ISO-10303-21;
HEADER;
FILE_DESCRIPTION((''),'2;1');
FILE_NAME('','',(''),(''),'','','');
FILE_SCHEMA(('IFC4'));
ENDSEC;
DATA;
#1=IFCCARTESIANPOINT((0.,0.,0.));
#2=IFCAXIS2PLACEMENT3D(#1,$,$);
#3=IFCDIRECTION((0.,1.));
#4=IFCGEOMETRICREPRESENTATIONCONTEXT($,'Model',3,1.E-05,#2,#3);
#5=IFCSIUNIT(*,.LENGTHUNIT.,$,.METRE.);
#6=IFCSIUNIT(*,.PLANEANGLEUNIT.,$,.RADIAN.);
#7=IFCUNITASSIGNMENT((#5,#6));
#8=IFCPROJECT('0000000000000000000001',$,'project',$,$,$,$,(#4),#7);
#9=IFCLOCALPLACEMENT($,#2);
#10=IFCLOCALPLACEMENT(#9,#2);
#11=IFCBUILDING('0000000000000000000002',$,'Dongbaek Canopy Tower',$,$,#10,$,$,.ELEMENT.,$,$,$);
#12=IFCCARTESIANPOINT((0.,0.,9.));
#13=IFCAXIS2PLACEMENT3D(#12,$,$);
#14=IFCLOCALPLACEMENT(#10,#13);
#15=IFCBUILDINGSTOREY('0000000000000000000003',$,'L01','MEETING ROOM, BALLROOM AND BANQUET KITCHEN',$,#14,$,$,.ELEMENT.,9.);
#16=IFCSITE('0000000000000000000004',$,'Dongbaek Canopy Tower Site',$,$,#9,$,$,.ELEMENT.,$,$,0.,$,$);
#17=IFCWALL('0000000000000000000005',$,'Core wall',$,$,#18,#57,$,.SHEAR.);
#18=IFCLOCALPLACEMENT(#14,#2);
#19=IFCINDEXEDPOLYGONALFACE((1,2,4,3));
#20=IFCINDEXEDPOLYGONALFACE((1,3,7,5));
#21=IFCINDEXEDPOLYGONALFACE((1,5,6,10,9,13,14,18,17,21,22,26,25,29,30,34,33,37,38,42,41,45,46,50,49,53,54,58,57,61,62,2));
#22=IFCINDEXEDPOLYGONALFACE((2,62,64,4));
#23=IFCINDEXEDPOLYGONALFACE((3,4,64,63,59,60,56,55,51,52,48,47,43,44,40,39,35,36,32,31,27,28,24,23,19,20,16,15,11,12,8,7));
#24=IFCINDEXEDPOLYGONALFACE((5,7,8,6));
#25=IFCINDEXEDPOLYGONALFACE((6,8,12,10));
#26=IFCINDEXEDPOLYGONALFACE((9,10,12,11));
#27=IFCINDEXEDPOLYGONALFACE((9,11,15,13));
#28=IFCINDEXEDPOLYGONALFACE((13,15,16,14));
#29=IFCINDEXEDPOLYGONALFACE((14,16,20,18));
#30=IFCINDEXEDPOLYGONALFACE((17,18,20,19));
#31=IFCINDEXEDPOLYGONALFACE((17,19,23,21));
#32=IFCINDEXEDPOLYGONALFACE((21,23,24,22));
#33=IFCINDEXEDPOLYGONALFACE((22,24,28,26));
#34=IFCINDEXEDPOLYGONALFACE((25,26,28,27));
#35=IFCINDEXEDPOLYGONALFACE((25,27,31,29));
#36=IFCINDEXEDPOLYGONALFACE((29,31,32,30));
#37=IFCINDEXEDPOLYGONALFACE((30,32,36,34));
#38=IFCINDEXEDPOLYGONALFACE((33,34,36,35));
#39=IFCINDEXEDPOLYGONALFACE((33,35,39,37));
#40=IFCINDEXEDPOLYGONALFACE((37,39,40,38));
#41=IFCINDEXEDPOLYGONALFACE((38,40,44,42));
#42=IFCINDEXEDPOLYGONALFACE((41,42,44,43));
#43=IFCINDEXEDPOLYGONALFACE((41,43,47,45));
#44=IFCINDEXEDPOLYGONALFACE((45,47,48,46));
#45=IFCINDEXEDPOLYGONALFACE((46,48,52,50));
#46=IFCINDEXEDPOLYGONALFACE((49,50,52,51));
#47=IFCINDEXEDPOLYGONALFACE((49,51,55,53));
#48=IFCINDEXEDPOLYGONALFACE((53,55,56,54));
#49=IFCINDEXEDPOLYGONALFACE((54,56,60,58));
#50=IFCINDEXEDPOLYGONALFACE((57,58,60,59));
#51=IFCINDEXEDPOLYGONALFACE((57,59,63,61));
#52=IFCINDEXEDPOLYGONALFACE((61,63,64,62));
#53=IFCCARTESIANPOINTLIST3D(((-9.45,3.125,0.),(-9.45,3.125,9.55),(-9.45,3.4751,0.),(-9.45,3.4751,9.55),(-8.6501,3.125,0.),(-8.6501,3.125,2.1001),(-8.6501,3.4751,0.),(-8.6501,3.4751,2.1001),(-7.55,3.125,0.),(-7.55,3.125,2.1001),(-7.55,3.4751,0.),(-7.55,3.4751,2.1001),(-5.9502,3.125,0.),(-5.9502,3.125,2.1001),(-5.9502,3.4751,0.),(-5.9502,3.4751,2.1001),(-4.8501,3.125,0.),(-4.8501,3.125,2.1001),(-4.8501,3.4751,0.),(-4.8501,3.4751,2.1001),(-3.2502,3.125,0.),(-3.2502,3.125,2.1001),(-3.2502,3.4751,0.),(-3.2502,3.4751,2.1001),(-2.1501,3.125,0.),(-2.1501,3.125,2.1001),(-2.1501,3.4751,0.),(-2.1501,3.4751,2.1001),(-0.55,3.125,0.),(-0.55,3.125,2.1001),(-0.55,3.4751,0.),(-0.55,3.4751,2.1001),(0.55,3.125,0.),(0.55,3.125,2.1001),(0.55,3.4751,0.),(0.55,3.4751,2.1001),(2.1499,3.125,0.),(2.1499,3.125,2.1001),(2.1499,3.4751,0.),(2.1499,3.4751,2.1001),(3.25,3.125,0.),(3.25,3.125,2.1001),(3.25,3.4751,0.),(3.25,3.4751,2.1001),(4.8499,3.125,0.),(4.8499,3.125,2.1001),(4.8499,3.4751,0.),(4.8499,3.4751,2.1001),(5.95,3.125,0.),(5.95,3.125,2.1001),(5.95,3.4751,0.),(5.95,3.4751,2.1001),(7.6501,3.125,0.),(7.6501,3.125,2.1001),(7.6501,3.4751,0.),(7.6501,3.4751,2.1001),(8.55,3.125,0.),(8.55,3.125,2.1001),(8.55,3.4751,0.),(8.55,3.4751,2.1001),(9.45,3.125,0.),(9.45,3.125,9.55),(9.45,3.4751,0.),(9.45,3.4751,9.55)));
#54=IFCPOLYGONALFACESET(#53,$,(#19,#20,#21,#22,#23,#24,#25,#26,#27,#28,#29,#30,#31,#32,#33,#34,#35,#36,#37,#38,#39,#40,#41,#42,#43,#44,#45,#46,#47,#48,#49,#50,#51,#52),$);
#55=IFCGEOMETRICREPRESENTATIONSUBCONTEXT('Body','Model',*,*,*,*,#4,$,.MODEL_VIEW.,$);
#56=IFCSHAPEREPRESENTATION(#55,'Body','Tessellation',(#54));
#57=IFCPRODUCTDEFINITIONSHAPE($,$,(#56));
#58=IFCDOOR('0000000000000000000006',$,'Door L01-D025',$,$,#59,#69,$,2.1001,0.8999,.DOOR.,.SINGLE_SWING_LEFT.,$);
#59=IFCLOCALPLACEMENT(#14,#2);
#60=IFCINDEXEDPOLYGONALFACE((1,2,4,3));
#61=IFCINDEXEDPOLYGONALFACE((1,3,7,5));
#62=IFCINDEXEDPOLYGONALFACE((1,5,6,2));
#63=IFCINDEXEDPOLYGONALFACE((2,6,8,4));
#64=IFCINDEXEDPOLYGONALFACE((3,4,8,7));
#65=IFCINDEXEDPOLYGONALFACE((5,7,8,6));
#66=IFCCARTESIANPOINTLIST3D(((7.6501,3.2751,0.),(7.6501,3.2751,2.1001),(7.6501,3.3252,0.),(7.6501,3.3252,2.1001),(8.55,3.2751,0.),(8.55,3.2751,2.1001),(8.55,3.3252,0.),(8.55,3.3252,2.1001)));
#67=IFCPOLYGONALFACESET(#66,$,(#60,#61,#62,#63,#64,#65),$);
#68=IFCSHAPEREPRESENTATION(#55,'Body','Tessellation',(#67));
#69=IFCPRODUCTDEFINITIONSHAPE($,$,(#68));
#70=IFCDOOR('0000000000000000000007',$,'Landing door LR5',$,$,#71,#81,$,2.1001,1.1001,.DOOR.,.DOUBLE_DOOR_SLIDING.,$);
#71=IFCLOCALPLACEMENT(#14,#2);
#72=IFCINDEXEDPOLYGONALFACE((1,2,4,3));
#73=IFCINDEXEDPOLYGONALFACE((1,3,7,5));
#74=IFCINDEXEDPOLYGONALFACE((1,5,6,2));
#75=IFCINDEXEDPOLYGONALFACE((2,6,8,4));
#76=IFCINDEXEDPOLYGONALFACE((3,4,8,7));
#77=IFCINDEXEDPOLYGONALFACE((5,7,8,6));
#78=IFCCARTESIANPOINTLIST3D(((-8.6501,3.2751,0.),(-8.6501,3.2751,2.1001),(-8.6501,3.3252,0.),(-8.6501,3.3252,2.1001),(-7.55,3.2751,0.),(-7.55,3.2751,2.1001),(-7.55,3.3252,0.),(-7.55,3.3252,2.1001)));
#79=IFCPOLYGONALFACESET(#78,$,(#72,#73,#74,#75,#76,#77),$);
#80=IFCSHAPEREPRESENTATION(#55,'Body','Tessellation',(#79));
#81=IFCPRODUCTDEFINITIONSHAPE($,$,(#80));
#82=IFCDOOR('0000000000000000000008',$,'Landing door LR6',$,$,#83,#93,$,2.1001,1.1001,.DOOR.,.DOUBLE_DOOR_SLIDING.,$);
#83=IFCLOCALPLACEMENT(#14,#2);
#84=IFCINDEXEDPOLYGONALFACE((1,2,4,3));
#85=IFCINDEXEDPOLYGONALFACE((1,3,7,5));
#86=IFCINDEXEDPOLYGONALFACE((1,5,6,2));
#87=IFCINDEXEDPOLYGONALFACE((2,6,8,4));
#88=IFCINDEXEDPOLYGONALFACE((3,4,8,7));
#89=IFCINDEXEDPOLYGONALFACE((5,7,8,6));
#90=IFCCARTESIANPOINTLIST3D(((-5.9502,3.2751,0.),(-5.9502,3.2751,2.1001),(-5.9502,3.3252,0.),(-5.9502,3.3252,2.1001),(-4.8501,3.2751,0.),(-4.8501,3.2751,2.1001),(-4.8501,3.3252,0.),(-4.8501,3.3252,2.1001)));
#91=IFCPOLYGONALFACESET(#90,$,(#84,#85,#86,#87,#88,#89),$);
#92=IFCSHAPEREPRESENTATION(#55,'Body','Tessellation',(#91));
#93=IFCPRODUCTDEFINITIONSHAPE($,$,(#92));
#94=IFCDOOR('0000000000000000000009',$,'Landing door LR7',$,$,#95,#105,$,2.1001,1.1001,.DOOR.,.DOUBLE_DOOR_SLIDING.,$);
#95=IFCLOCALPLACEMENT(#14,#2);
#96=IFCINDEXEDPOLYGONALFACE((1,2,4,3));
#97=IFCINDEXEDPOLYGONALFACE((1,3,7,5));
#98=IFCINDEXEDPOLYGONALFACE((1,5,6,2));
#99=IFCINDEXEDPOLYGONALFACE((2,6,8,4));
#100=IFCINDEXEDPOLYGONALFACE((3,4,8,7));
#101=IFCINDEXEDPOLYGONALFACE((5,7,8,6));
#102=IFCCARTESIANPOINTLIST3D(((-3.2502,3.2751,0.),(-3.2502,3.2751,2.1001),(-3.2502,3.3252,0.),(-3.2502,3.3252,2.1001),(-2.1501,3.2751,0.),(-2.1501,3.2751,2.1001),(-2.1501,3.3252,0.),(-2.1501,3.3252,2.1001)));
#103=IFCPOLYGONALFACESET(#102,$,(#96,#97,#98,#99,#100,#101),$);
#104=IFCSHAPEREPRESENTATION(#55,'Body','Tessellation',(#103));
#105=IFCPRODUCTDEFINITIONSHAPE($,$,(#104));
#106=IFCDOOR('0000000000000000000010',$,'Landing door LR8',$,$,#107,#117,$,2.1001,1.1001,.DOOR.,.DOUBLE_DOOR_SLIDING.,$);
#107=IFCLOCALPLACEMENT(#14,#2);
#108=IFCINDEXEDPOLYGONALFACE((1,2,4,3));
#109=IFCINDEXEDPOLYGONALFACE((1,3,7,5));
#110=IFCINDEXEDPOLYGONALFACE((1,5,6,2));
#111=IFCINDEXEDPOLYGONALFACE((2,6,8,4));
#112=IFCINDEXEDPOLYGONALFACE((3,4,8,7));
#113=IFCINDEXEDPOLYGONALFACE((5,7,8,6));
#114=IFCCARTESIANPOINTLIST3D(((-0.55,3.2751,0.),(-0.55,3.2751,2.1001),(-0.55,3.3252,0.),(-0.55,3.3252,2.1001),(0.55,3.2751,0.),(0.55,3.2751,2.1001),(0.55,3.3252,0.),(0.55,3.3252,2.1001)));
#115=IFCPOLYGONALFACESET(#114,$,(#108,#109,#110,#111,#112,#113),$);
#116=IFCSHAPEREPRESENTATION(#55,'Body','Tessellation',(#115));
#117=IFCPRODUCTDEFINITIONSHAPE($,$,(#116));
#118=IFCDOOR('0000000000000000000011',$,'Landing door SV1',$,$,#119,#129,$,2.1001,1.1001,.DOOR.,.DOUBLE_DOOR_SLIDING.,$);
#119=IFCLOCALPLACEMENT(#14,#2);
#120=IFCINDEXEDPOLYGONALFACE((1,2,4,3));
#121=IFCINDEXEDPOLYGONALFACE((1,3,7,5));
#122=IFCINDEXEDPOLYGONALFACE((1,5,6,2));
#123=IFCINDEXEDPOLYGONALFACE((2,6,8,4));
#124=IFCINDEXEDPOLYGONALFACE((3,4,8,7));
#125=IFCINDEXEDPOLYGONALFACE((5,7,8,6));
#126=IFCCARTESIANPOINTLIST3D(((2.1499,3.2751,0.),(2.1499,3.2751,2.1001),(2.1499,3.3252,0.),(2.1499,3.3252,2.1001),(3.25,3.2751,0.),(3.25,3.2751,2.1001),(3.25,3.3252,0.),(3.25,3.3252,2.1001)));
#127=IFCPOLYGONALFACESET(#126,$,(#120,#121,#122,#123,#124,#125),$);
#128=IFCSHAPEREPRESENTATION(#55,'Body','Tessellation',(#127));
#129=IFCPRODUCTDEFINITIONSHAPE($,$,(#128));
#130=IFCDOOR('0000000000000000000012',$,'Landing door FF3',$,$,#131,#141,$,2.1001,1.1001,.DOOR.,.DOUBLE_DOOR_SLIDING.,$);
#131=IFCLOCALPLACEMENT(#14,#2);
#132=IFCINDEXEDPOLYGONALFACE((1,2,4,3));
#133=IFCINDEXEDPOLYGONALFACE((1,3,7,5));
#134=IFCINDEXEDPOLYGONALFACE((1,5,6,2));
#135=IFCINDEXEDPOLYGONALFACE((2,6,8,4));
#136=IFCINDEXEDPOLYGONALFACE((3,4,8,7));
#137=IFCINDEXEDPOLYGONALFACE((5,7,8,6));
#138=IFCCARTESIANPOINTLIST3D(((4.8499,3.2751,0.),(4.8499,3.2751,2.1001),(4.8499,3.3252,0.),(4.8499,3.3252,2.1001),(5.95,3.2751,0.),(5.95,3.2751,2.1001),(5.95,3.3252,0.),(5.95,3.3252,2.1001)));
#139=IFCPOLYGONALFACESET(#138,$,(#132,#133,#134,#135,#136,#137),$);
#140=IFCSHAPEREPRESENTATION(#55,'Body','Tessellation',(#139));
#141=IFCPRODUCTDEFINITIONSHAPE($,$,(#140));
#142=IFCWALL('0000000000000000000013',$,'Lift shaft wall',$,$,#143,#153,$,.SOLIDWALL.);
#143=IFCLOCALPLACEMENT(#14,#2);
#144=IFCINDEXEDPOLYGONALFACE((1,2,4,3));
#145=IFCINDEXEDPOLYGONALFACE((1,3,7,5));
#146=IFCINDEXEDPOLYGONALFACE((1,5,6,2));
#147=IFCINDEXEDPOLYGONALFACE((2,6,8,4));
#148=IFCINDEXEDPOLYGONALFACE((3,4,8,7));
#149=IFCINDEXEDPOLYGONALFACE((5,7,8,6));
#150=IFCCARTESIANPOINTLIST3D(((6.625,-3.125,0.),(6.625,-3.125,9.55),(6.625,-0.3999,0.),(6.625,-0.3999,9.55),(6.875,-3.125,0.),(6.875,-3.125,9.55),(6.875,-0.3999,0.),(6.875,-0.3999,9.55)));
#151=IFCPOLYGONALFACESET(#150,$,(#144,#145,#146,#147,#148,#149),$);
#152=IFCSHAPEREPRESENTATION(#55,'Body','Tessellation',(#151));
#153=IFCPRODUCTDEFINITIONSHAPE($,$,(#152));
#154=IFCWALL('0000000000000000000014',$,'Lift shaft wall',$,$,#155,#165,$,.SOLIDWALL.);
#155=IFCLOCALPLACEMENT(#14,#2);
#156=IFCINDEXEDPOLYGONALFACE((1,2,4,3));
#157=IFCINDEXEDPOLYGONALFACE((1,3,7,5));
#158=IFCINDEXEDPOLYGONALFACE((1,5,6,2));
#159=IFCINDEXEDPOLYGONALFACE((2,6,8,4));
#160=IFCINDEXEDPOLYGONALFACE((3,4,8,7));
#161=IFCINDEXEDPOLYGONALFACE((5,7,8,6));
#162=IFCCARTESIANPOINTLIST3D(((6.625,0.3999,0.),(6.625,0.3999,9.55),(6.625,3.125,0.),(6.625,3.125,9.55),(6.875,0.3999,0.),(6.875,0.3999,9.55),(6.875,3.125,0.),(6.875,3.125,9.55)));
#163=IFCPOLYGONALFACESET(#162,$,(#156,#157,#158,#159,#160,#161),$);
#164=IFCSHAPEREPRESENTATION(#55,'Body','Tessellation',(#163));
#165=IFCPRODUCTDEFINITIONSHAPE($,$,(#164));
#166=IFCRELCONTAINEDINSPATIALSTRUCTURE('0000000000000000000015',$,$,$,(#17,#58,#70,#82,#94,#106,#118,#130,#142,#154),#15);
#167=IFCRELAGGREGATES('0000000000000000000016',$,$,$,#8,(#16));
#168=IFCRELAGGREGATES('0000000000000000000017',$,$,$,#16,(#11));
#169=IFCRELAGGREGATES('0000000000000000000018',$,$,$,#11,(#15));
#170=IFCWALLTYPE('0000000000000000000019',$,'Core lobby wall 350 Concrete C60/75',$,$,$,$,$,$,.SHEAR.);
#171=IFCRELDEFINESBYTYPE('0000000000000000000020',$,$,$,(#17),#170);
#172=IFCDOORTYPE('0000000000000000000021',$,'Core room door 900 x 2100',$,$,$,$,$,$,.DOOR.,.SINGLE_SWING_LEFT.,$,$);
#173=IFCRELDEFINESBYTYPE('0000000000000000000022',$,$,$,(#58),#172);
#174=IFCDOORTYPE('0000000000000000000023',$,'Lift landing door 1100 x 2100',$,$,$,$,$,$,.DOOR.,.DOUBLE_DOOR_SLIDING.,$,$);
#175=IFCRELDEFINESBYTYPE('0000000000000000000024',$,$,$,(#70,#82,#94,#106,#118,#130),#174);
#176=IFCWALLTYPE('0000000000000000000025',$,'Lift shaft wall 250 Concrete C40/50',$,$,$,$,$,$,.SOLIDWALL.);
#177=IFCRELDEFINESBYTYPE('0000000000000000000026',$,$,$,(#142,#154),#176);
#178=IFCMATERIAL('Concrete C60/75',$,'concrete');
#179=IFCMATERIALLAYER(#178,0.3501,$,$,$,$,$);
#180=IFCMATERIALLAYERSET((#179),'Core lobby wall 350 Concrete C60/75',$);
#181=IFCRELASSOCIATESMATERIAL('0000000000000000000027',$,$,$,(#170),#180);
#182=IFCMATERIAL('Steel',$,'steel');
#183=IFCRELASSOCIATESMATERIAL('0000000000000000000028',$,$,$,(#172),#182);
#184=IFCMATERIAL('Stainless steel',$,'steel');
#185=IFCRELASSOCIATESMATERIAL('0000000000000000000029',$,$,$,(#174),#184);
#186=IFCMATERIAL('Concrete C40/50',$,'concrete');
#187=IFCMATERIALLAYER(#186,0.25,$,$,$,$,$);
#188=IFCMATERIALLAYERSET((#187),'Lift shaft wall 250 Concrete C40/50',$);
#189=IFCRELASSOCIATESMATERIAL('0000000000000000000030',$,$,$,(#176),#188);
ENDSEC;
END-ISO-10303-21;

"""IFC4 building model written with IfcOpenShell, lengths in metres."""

from ifc_helpers import new_model, si_unit, direction, frame, frame_2d, origin, place, context, subcontext, project, spatial, rectangle, extrude, material, layer, layer_set, type_object, element, fill, save


model = new_model("IFC4")

# Units and contexts
model_context = context("Model", 3, precision=1e-05, world=origin(), true_north=direction((0.0, 1.0)))
body_context = subcontext(model_context, "Body", "Model", "MODEL_VIEW")
ifc_project = project(units=[si_unit("LENGTHUNIT", "METRE"), si_unit("PLANEANGLEUNIT", "RADIAN")], contexts=[model_context])

# Site, building, storey
site_placement = place(None, origin())
site = spatial("IfcSite", under=ifc_project, at=site_placement, Name="Dongbaek Canopy Tower Site", CompositionType="ELEMENT", RefElevation=0.0)
building_placement = place(site_placement, origin())
building = spatial("IfcBuilding", under=site, at=building_placement, Name="Dongbaek Canopy Tower", CompositionType="ELEMENT")
storey_placement = place(building_placement, frame((0.0, 0.0, 9.0)))
storey = spatial("IfcBuildingStorey", under=building, at=storey_placement, Name="L01", Description="MEETING ROOM, BALLROOM AND BANQUET KITCHEN", CompositionType="ELEMENT", Elevation=9.0)

# Wall, openings, doors
ifc_material_1 = material(Name="Concrete C60/75", Category="concrete")
ifc_layer_1 = layer(ifc_material_1, 0.3501)
ifc_layer_set_1 = layer_set([ifc_layer_1], Name="Core lobby wall 350 Concrete C60/75")
wall_type_1 = type_object("IfcWallType", Name="Core lobby wall 350 Concrete C60/75", PredefinedType="SHEAR", material=ifc_layer_set_1)
wall_1_placement = place(storey_placement, frame((9.45, 3.3, 0.0), z_axis=(0.0, 0.0, 1.0), x_axis=(-1.0, 0.0, 0.0)))
wall_1 = element("IfcWall", 1, at=wall_1_placement, inside=storey, type_object=wall_type_1, Name="Core wall", PredefinedType="SHEAR", context=body_context, shape_type="SweptSolid", body=[
    extrude(rectangle(XDim=18.8999, YDim=0.3501, at=frame_2d((9.45, 0.0))), origin(), (0.0, 0.0, 1.0), 9.55),
])
opening_1_placement = place(wall_1_placement, frame((17.0, 0.0, 0.0)))
opening_1 = element("IfcOpeningElement", 2, at=opening_1_placement, cuts=wall_1, PredefinedType="OPENING", context=body_context, shape_type="SweptSolid", body=[
    extrude(rectangle(XDim=1.1001, YDim=2.1001, at=frame_2d((0.55, 1.05))), frame((0.0, 0.1851, 0.0), z_axis=(0.0, -1.0, 0.0), x_axis=(1.0, 0.0, 0.0)), (0.0, 0.0, 1.0), 0.3701),
])
opening_2_placement = place(wall_1_placement, frame((14.3, 0.0, 0.0)))
opening_2 = element("IfcOpeningElement", 3, at=opening_2_placement, cuts=wall_1, PredefinedType="OPENING", context=body_context, shape_type="SweptSolid", body=[
    extrude(rectangle(XDim=1.1001, YDim=2.1001, at=frame_2d((0.55, 1.05))), frame((0.0, 0.1851, 0.0), z_axis=(0.0, -1.0, 0.0), x_axis=(1.0, 0.0, 0.0)), (0.0, 0.0, 1.0), 0.3701),
])
opening_3_placement = place(wall_1_placement, frame((11.6001, 0.0, 0.0)))
opening_3 = element("IfcOpeningElement", 4, at=opening_3_placement, cuts=wall_1, PredefinedType="OPENING", context=body_context, shape_type="SweptSolid", body=[
    extrude(rectangle(XDim=1.1001, YDim=2.1001, at=frame_2d((0.55, 1.05))), frame((0.0, 0.1851, 0.0), z_axis=(0.0, -1.0, 0.0), x_axis=(1.0, 0.0, 0.0)), (0.0, 0.0, 1.0), 0.3701),
])
opening_4_placement = place(wall_1_placement, frame((8.8999, 0.0, 0.0)))
opening_4 = element("IfcOpeningElement", 5, at=opening_4_placement, cuts=wall_1, PredefinedType="OPENING", context=body_context, shape_type="SweptSolid", body=[
    extrude(rectangle(XDim=1.1001, YDim=2.1001, at=frame_2d((0.55, 1.05))), frame((0.0, 0.1851, 0.0), z_axis=(0.0, -1.0, 0.0), x_axis=(1.0, 0.0, 0.0)), (0.0, 0.0, 1.0), 0.3701),
])
opening_5_placement = place(wall_1_placement, frame((6.2, 0.0, 0.0)))
opening_5 = element("IfcOpeningElement", 6, at=opening_5_placement, cuts=wall_1, PredefinedType="OPENING", context=body_context, shape_type="SweptSolid", body=[
    extrude(rectangle(XDim=1.1001, YDim=2.1001, at=frame_2d((0.55, 1.05))), frame((0.0, 0.1851, 0.0), z_axis=(0.0, -1.0, 0.0), x_axis=(1.0, 0.0, 0.0)), (0.0, 0.0, 1.0), 0.3701),
])
opening_6_placement = place(wall_1_placement, frame((3.5, 0.0, 0.0)))
opening_6 = element("IfcOpeningElement", 7, at=opening_6_placement, cuts=wall_1, PredefinedType="OPENING", context=body_context, shape_type="SweptSolid", body=[
    extrude(rectangle(XDim=1.1001, YDim=2.1001, at=frame_2d((0.55, 1.05))), frame((0.0, 0.1851, 0.0), z_axis=(0.0, -1.0, 0.0), x_axis=(1.0, 0.0, 0.0)), (0.0, 0.0, 1.0), 0.3701),
])
opening_7_placement = place(wall_1_placement, frame((0.8999, 0.0, 0.0)))
opening_7 = element("IfcOpeningElement", 8, at=opening_7_placement, cuts=wall_1, PredefinedType="OPENING", context=body_context, shape_type="SweptSolid", body=[
    extrude(rectangle(XDim=0.8999, YDim=2.1001, at=frame_2d((0.45, 1.05))), frame((0.0, 0.1851, 0.0), z_axis=(0.0, -1.0, 0.0), x_axis=(1.0, 0.0, 0.0)), (0.0, 0.0, 1.0), 0.3701),
])
ifc_material_2 = material(Name="Steel", Category="steel")
door_type_1 = type_object("IfcDoorType", Name="Core room door 900 x 2100", OperationType="SINGLE_SWING_LEFT", PredefinedType="DOOR", material=ifc_material_2)
door_1_placement = place(opening_7_placement, origin())
door_1 = element("IfcDoor", 9, at=door_1_placement, inside=storey, type_object=door_type_1, Name="Door L01-D025", OperationType="SINGLE_SWING_LEFT", OverallHeight=2.1001, OverallWidth=0.8999, PredefinedType="DOOR", context=body_context, shape_type="SweptSolid", body=[
    extrude(rectangle(XDim=0.8999, YDim=2.1001, at=frame_2d((0.45, 1.05))), frame((0.0, 0.0249, 0.0), z_axis=(0.0, -1.0, 0.0), x_axis=(1.0, 0.0, 0.0)), (0.0, 0.0, 1.0), 0.05),
])
fill(opening_7, door_1)
ifc_material_3 = material(Name="Stainless steel", Category="steel")
door_type_2 = type_object("IfcDoorType", Name="Lift landing door 1100 x 2100", OperationType="DOUBLE_DOOR_SLIDING", PredefinedType="DOOR", material=ifc_material_3)
door_2_placement = place(opening_1_placement, origin())
door_2 = element("IfcDoor", 10, at=door_2_placement, inside=storey, type_object=door_type_2, Name="Landing door LR5", OperationType="DOUBLE_DOOR_SLIDING", OverallHeight=2.1001, OverallWidth=1.1001, PredefinedType="DOOR", context=body_context, shape_type="SweptSolid", body=[
    extrude(rectangle(XDim=1.1001, YDim=2.1001, at=frame_2d((0.55, 1.05))), frame((0.0, 0.0249, 0.0), z_axis=(0.0, -1.0, 0.0), x_axis=(1.0, 0.0, 0.0)), (0.0, 0.0, 1.0), 0.05),
])
fill(opening_1, door_2)
door_3_placement = place(opening_2_placement, origin())
door_3 = element("IfcDoor", 11, at=door_3_placement, inside=storey, type_object=door_type_2, Name="Landing door LR6", OperationType="DOUBLE_DOOR_SLIDING", OverallHeight=2.1001, OverallWidth=1.1001, PredefinedType="DOOR", context=body_context, shape_type="SweptSolid", body=[
    extrude(rectangle(XDim=1.1001, YDim=2.1001, at=frame_2d((0.55, 1.05))), frame((0.0, 0.0249, 0.0), z_axis=(0.0, -1.0, 0.0), x_axis=(1.0, 0.0, 0.0)), (0.0, 0.0, 1.0), 0.05),
])
fill(opening_2, door_3)
door_4_placement = place(opening_3_placement, origin())
door_4 = element("IfcDoor", 12, at=door_4_placement, inside=storey, type_object=door_type_2, Name="Landing door LR7", OperationType="DOUBLE_DOOR_SLIDING", OverallHeight=2.1001, OverallWidth=1.1001, PredefinedType="DOOR", context=body_context, shape_type="SweptSolid", body=[
    extrude(rectangle(XDim=1.1001, YDim=2.1001, at=frame_2d((0.55, 1.05))), frame((0.0, 0.0249, 0.0), z_axis=(0.0, -1.0, 0.0), x_axis=(1.0, 0.0, 0.0)), (0.0, 0.0, 1.0), 0.05),
])
fill(opening_3, door_4)
door_5_placement = place(opening_4_placement, origin())
door_5 = element("IfcDoor", 13, at=door_5_placement, inside=storey, type_object=door_type_2, Name="Landing door LR8", OperationType="DOUBLE_DOOR_SLIDING", OverallHeight=2.1001, OverallWidth=1.1001, PredefinedType="DOOR", context=body_context, shape_type="SweptSolid", body=[
    extrude(rectangle(XDim=1.1001, YDim=2.1001, at=frame_2d((0.55, 1.05))), frame((0.0, 0.0249, 0.0), z_axis=(0.0, -1.0, 0.0), x_axis=(1.0, 0.0, 0.0)), (0.0, 0.0, 1.0), 0.05),
])
fill(opening_4, door_5)
door_6_placement = place(opening_5_placement, origin())
door_6 = element("IfcDoor", 14, at=door_6_placement, inside=storey, type_object=door_type_2, Name="Landing door SV1", OperationType="DOUBLE_DOOR_SLIDING", OverallHeight=2.1001, OverallWidth=1.1001, PredefinedType="DOOR", context=body_context, shape_type="SweptSolid", body=[
    extrude(rectangle(XDim=1.1001, YDim=2.1001, at=frame_2d((0.55, 1.05))), frame((0.0, 0.0249, 0.0), z_axis=(0.0, -1.0, 0.0), x_axis=(1.0, 0.0, 0.0)), (0.0, 0.0, 1.0), 0.05),
])
fill(opening_5, door_6)
door_7_placement = place(opening_6_placement, origin())
door_7 = element("IfcDoor", 15, at=door_7_placement, inside=storey, type_object=door_type_2, Name="Landing door FF3", OperationType="DOUBLE_DOOR_SLIDING", OverallHeight=2.1001, OverallWidth=1.1001, PredefinedType="DOOR", context=body_context, shape_type="SweptSolid", body=[
    extrude(rectangle(XDim=1.1001, YDim=2.1001, at=frame_2d((0.55, 1.05))), frame((0.0, 0.0249, 0.0), z_axis=(0.0, -1.0, 0.0), x_axis=(1.0, 0.0, 0.0)), (0.0, 0.0, 1.0), 0.05),
])
fill(opening_6, door_7)

# Walls
ifc_material_4 = material(Name="Concrete C40/50", Category="concrete")
ifc_layer_2 = layer(ifc_material_4, 0.25)
ifc_layer_set_2 = layer_set([ifc_layer_2], Name="Lift shaft wall 250 Concrete C40/50")
wall_type_2 = type_object("IfcWallType", Name="Lift shaft wall 250 Concrete C40/50", PredefinedType="SOLIDWALL", material=ifc_layer_set_2)
for number, where, z_axis, x_axis, name in (
    (16, (6.75, -3.125, 0.0), (0.0, 0.0, 1.0), (0.0, 1.0, 0.0), "Lift shaft wall"),
    (17, (6.75, 0.3999, 0.0), (0.0, 0.0, 1.0), (0.0, 1.0, 0.0), "Lift shaft wall"),
):
    element("IfcWall", number, at=place(storey_placement, frame(where, z_axis=z_axis, x_axis=x_axis)), inside=storey, type_object=wall_type_2, Name=name, PredefinedType="SOLIDWALL", context=body_context, shape_type="SweptSolid", body=[
        extrude(rectangle(XDim=2.7251, YDim=0.25, at=frame_2d((1.3625, 0.0))), origin(), (0.0, 0.0, 1.0), 9.55),
    ])

save(model, "model.ifc")
